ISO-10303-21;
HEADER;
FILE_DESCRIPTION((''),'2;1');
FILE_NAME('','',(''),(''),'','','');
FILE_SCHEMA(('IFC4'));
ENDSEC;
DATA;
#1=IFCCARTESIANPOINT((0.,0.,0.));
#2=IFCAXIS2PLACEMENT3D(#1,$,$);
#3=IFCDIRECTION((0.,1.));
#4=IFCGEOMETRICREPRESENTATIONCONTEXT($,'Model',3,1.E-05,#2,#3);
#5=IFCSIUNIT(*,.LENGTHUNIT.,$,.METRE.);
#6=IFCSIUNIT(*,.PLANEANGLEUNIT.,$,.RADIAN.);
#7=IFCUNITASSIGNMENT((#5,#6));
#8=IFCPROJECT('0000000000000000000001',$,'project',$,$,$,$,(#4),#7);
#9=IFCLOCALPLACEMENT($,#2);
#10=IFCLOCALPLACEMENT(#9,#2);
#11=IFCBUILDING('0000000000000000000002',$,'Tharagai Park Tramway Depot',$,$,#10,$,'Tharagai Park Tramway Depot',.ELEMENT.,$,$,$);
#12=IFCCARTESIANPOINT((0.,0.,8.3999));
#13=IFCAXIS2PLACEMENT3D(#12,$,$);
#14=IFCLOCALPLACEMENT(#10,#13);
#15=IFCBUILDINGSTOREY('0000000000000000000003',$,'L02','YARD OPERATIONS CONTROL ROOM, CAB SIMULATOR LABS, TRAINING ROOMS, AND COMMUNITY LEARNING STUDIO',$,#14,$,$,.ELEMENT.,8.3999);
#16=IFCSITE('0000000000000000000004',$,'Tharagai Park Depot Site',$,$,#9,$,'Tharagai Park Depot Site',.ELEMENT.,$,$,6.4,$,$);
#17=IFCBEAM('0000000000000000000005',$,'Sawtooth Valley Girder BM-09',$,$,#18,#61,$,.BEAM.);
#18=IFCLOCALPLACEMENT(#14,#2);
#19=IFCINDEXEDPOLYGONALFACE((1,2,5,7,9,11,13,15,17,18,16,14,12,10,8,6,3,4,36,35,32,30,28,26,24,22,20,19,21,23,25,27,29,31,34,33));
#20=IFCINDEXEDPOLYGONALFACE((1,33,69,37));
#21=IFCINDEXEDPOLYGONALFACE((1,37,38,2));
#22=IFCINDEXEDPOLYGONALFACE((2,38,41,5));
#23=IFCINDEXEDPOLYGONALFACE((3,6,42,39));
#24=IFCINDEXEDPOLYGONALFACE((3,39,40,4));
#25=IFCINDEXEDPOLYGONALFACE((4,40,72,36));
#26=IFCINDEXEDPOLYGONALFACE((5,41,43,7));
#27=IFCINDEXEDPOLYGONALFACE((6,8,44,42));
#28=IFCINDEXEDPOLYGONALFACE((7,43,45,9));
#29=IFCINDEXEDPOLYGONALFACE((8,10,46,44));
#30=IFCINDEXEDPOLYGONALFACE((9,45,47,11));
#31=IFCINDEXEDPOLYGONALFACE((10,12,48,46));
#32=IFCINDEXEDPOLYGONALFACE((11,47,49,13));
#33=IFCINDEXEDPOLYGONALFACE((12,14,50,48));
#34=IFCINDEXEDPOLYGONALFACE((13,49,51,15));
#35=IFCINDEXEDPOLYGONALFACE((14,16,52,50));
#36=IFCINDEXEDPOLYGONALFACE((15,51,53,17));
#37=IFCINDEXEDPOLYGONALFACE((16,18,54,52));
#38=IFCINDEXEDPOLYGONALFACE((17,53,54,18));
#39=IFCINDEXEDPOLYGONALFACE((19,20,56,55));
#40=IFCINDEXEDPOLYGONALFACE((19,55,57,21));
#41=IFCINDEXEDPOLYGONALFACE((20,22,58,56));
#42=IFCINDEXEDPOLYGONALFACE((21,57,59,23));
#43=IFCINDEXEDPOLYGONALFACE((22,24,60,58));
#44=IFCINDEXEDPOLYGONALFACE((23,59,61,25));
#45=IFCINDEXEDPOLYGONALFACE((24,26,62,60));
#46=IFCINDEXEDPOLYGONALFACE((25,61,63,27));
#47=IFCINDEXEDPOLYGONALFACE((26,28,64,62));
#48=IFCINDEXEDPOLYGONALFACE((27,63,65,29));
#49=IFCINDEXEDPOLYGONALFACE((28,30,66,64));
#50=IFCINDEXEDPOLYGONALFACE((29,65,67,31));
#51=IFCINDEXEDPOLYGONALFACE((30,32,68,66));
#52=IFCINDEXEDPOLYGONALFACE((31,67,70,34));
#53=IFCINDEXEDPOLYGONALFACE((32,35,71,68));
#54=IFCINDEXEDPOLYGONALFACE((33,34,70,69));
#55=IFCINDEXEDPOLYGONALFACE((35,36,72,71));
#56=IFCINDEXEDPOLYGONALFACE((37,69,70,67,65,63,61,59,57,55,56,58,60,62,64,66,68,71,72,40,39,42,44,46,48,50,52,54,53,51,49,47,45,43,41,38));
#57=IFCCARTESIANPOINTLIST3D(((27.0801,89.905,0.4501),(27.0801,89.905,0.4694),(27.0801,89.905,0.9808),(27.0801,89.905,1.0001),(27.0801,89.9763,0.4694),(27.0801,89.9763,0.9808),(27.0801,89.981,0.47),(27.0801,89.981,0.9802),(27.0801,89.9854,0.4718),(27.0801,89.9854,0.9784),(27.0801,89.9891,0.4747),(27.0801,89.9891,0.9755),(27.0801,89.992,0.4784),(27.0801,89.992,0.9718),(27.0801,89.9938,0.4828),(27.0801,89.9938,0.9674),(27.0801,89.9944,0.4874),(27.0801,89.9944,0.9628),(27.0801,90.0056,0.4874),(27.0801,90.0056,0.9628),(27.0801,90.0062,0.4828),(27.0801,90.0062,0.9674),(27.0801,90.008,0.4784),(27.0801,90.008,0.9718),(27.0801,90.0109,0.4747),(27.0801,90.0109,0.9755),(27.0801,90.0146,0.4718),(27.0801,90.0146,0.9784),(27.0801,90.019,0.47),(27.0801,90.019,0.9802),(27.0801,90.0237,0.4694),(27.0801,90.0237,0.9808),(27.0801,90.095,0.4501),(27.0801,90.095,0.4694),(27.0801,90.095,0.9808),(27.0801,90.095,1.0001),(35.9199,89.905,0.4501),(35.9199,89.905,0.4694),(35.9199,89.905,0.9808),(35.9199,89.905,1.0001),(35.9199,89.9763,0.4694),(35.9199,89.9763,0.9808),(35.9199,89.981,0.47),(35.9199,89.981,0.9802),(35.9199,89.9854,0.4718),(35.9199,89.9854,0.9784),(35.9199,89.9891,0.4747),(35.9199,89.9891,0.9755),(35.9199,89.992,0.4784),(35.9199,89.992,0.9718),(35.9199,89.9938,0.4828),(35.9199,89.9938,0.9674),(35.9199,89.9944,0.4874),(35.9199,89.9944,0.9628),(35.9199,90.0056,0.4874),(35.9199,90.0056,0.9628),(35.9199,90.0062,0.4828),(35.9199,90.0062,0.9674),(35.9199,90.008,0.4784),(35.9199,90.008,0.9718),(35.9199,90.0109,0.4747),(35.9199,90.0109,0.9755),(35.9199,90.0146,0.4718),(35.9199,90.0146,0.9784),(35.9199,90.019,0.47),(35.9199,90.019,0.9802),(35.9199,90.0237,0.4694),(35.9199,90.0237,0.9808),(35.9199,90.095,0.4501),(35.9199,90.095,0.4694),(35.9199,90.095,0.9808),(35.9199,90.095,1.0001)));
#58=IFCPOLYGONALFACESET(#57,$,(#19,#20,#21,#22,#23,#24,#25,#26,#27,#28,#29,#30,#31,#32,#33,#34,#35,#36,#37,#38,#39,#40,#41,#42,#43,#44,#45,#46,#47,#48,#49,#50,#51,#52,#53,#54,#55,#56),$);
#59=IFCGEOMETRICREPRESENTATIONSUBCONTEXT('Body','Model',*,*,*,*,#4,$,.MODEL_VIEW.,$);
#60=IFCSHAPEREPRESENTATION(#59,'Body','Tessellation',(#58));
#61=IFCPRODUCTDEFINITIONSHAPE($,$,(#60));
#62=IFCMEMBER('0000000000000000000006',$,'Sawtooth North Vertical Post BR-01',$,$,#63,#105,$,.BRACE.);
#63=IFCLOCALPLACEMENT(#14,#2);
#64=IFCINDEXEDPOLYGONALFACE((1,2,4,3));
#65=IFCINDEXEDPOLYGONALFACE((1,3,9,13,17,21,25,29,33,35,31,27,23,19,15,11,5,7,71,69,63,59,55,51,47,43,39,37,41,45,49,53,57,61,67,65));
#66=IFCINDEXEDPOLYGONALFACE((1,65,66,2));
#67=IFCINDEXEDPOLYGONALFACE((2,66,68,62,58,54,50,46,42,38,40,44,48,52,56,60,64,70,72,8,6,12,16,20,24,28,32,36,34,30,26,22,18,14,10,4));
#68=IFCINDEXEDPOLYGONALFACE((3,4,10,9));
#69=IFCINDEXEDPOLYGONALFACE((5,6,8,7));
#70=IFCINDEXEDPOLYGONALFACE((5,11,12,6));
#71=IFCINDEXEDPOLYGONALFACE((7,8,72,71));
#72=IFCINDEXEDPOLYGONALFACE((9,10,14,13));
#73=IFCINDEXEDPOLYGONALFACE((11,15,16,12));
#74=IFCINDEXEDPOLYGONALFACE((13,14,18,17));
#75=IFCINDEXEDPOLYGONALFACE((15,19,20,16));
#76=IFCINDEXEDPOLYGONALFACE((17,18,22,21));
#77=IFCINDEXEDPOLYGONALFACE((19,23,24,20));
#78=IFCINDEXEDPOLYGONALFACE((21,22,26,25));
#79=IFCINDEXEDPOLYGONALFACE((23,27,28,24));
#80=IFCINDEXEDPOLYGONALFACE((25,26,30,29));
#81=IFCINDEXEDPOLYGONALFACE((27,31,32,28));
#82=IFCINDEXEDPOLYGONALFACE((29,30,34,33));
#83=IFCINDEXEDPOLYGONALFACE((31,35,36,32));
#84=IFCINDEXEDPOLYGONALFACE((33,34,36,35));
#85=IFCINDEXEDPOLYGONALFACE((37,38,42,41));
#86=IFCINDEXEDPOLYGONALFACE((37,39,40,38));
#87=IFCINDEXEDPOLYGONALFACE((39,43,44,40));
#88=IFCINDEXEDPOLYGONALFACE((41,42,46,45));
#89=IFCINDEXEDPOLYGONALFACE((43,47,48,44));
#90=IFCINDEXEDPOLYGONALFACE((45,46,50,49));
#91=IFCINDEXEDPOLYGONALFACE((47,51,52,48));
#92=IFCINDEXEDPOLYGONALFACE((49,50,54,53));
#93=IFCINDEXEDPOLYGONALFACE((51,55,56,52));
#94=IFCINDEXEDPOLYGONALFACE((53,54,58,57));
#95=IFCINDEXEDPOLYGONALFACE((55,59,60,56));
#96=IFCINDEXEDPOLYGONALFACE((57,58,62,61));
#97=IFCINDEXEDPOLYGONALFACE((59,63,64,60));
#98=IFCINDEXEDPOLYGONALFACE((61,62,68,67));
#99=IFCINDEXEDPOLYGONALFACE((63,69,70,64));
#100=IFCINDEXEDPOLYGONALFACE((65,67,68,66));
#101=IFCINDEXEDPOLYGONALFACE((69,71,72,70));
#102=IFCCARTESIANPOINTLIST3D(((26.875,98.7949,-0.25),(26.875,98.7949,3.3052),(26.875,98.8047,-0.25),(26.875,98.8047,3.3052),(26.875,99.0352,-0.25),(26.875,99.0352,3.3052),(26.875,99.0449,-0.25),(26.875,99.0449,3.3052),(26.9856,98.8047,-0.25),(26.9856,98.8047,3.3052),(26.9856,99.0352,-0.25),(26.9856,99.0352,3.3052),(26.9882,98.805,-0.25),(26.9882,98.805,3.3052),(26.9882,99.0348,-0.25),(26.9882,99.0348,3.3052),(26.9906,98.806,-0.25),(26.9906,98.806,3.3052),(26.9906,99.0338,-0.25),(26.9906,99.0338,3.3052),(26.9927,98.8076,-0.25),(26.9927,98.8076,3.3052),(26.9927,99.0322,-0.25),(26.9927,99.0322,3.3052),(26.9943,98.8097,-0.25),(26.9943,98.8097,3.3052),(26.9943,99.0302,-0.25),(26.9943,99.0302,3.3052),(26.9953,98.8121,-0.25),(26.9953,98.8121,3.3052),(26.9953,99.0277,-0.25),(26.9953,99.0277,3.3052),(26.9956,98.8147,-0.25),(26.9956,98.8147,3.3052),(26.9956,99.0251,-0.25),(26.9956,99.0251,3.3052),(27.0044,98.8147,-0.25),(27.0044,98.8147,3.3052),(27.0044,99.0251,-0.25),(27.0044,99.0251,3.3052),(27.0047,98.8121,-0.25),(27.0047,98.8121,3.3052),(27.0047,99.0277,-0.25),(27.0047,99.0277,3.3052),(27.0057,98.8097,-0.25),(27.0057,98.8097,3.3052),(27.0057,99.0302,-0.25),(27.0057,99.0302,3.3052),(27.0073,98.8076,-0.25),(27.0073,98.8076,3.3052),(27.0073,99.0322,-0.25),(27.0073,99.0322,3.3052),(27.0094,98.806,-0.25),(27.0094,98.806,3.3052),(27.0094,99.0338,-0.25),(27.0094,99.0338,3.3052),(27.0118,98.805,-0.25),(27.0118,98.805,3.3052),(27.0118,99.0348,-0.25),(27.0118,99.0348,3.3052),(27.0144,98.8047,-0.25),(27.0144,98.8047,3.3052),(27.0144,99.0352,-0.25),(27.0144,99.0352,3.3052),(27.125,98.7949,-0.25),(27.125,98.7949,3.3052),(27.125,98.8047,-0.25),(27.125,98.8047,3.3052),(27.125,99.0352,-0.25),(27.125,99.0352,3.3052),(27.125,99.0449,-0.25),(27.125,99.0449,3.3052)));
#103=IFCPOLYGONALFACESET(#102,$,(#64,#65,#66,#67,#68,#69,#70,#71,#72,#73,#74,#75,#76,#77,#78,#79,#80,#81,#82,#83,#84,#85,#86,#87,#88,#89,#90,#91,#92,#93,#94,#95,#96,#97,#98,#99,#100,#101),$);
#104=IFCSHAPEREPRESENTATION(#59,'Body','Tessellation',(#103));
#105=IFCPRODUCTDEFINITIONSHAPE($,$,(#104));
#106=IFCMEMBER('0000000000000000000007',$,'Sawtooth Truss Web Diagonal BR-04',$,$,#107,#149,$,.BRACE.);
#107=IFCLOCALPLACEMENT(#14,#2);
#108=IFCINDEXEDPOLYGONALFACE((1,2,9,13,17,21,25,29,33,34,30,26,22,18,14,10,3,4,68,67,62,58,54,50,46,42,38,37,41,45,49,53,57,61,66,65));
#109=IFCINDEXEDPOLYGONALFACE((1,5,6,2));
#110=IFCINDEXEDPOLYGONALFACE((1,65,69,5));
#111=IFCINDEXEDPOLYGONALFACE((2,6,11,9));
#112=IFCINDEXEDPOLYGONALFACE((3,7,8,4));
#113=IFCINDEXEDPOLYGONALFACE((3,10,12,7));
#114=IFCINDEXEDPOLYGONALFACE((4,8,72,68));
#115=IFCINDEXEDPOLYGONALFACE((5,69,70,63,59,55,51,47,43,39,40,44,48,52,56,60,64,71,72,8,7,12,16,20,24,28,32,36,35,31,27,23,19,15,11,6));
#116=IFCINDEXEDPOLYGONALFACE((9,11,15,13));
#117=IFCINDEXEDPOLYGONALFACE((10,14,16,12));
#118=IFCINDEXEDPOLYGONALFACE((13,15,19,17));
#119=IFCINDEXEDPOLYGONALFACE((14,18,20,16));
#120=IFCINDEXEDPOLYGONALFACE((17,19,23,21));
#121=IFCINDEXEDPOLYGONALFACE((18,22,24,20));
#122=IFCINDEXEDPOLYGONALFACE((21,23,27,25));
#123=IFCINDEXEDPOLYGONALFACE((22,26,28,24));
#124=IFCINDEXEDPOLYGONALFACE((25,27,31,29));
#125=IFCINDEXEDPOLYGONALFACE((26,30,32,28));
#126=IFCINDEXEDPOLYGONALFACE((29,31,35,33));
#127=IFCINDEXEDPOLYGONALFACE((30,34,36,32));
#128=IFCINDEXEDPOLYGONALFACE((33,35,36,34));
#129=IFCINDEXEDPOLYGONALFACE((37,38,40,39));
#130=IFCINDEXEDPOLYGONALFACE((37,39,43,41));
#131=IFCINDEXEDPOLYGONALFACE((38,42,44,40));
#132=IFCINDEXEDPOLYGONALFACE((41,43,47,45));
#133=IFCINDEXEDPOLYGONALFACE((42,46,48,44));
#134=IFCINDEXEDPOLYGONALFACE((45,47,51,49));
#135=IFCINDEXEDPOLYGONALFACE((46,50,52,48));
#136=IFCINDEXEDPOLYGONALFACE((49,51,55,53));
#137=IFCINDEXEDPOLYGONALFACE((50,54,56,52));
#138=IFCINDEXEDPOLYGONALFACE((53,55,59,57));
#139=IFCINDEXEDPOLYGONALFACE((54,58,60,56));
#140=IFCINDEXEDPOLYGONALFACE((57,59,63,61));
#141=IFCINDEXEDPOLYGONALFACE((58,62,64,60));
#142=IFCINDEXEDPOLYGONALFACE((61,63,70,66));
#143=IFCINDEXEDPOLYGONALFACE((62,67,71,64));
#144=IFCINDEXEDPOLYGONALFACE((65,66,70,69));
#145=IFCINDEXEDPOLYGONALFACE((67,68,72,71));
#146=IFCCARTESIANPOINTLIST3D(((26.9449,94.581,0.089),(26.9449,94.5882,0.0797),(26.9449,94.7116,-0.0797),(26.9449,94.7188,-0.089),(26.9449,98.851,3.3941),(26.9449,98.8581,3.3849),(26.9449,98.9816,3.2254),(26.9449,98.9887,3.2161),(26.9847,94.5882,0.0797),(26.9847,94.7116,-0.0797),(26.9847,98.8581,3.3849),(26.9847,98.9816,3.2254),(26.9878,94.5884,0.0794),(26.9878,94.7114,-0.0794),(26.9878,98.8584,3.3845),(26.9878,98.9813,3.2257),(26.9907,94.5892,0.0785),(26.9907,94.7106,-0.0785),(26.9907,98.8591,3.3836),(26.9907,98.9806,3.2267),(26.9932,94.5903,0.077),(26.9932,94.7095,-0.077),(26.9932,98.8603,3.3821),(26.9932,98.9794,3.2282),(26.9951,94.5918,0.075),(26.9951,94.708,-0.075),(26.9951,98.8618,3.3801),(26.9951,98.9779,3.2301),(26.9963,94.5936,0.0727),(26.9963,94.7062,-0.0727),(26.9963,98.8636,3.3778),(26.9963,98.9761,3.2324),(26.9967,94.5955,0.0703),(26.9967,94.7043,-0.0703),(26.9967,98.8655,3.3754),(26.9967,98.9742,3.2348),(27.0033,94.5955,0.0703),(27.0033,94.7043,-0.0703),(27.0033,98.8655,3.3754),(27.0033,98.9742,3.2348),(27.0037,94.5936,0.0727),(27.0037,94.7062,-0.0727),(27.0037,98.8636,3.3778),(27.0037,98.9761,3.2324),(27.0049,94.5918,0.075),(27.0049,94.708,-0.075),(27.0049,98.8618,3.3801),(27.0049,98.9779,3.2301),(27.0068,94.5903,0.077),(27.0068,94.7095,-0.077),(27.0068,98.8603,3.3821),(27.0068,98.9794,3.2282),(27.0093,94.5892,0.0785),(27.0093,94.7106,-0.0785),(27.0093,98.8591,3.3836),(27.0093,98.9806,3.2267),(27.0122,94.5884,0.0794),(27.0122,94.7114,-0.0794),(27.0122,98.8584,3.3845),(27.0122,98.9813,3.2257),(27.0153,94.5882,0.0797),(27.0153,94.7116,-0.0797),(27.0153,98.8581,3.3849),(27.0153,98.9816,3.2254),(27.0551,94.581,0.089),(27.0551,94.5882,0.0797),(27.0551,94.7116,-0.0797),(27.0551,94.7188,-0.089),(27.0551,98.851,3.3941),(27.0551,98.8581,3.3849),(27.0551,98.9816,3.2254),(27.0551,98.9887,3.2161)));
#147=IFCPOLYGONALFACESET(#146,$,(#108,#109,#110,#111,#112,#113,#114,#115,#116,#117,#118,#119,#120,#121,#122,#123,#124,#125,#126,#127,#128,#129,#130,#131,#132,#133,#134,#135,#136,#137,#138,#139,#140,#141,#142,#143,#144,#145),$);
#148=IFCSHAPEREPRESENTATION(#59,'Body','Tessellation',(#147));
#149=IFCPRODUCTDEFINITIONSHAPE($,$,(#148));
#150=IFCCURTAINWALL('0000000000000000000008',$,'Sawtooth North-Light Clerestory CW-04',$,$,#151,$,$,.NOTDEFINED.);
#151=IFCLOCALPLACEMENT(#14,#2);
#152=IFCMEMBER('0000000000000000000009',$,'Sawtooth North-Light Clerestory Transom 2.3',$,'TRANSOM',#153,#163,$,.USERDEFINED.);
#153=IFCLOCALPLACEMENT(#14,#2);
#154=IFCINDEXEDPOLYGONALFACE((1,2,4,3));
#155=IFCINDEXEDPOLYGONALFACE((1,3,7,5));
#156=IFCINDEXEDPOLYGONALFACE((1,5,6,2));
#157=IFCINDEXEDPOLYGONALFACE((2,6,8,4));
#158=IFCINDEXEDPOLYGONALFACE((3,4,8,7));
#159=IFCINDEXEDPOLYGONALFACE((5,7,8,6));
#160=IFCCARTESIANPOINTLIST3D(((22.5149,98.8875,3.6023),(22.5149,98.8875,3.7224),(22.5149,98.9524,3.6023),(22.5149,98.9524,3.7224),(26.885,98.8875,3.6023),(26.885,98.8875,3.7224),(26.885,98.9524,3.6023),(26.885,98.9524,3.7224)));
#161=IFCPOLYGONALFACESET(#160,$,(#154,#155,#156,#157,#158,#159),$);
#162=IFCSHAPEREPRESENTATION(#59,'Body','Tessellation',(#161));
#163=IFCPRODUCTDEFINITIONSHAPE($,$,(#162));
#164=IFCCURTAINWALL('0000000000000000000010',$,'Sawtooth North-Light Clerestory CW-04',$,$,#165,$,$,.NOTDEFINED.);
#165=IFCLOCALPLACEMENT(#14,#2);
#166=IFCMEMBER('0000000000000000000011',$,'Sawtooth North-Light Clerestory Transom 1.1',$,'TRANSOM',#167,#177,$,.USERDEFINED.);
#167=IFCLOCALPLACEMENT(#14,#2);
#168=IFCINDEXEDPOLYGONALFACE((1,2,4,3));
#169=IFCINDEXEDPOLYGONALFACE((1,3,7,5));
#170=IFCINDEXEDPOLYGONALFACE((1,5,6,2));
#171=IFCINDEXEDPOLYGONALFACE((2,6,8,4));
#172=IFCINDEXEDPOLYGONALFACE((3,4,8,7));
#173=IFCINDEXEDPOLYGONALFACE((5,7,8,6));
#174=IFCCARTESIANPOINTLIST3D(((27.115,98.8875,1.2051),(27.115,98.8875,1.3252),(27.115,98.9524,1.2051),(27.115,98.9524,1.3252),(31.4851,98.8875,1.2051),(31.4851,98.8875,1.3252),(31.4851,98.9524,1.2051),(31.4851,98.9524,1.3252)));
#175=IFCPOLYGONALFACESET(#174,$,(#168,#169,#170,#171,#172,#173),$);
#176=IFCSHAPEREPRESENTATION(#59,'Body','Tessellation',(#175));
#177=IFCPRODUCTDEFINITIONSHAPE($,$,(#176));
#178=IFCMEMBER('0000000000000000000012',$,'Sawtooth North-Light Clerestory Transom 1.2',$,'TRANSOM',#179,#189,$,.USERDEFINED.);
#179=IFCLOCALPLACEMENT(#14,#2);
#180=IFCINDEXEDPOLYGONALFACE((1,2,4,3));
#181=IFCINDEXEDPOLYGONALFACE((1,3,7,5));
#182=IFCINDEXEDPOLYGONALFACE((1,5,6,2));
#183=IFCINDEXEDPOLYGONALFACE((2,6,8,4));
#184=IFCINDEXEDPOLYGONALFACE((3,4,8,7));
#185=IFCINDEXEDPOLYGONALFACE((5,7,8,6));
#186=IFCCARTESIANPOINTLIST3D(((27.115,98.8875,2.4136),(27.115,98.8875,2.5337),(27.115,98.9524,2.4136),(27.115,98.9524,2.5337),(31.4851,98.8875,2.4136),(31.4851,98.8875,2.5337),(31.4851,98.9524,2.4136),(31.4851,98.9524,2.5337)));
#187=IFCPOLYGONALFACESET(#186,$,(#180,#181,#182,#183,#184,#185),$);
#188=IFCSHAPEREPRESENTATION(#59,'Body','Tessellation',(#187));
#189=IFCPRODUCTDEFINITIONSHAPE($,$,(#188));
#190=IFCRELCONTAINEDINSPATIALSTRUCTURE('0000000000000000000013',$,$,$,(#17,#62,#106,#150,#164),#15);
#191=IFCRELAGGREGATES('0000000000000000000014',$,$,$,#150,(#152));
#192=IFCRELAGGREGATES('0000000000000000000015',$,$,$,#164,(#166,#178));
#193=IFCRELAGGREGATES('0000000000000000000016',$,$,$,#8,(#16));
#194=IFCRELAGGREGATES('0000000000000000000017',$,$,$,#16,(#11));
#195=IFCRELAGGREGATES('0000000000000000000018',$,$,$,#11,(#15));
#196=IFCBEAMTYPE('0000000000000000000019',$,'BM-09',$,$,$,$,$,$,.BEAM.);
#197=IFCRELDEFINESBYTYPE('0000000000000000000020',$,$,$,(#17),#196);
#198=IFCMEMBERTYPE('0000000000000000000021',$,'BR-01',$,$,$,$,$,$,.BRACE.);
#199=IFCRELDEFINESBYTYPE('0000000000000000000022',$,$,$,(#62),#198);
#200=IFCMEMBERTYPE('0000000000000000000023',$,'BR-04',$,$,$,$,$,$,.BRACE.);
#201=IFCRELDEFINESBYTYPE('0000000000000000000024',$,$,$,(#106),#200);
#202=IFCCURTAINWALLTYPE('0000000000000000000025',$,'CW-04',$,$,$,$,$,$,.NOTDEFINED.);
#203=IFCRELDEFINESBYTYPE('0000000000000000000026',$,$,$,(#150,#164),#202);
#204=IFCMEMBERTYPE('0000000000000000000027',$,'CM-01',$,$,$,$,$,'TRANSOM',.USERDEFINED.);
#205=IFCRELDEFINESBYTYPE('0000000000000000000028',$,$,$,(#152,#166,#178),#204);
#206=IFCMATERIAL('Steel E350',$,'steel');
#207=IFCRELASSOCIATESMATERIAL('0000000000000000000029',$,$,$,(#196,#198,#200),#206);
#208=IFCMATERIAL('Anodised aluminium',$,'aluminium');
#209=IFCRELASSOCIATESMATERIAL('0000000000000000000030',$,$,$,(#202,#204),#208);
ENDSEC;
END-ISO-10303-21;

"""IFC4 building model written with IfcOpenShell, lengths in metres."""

from ifc_helpers import new_model, si_unit, direction, frame, origin, origin_2d, place, context, subcontext, project, spatial, rectangle, i_section, extrude, material, material_profile, profile_set, type_object, element, aggregate, save


model = new_model("IFC4")

# Units and contexts
model_context = context("Model", 3, precision=1e-05, world=origin(), true_north=direction((0.0, 1.0)))
body_context = subcontext(model_context, "Body", "Model", "MODEL_VIEW")
ifc_project = project(units=[si_unit("LENGTHUNIT", "METRE"), si_unit("PLANEANGLEUNIT", "RADIAN")], contexts=[model_context])

# Site, building, storey
site_placement = place(None, origin())
site = spatial("IfcSite", under=ifc_project, at=site_placement, Name="Tharagai Park Depot Site", LongName="Tharagai Park Depot Site", CompositionType="ELEMENT", RefElevation=6.4)
building_placement = place(site_placement, origin())
building = spatial("IfcBuilding", under=site, at=building_placement, Name="Tharagai Park Tramway Depot", LongName="Tharagai Park Tramway Depot", CompositionType="ELEMENT")
storey_placement = place(building_placement, frame((0.0, 0.0, 8.3999)))
storey = spatial("IfcBuildingStorey", under=building, at=storey_placement, Name="L02", Description="YARD OPERATIONS CONTROL ROOM, CAB SIMULATOR LABS, TRAINING ROOMS, AND COMMUNITY LEARNING STUDIO", CompositionType="ELEMENT", Elevation=8.3999)

# Shared definitions
ifc_material_1 = material(Name="Steel E350", Category="steel")

# Beam
ifc_material_profile_1 = material_profile(ifc_material_1, i_section(OverallWidth=0.1899, OverallDepth=0.55, WebThickness=0.0112, FlangeThickness=0.0193, FilletRadius=0.0181, at=origin_2d()), Name="ISMB 550")
ifc_profile_set_1 = profile_set([ifc_material_profile_1], Name="Steel E350")
beam_type_1 = type_object("IfcBeamType", Name="BM-09", PredefinedType="BEAM", material=ifc_profile_set_1)
beam_1_placement = place(storey_placement, frame((27.0801, 90.0, 0.7251), z_axis=(1.0, 0.0, 0.0), x_axis=(0.0, 1.0, 0.0)))
element("IfcBeam", 1, at=beam_1_placement, inside=storey, type_object=beam_type_1, Name="Sawtooth Valley Girder BM-09", PredefinedType="BEAM", context=body_context, shape_type="SweptSolid", body=[
    extrude(i_section(OverallWidth=0.1899, OverallDepth=0.55, WebThickness=0.0112, FlangeThickness=0.0193, FilletRadius=0.0181, at=origin_2d()), origin(), (0.0, 0.0, 1.0), 8.8398),
])

# Members
ifc_material_profile_2 = material_profile(ifc_material_1, i_section(OverallWidth=0.25, OverallDepth=0.25, WebThickness=0.0088, FlangeThickness=0.0098, FilletRadius=0.01, at=origin_2d()), Name="ISHB 250")
ifc_profile_set_2 = profile_set([ifc_material_profile_2], Name="Steel E350")
member_type_1 = type_object("IfcMemberType", Name="BR-01", PredefinedType="BRACE", material=ifc_profile_set_2)
member_1_placement = place(storey_placement, frame((27.0, 98.9199, -0.25), z_axis=(0.0, 0.0, 1.0), x_axis=(1.0, 0.0, 0.0)))
element("IfcMember", 2, at=member_1_placement, inside=storey, type_object=member_type_1, Name="Sawtooth North Vertical Post BR-01", PredefinedType="BRACE", context=body_context, shape_type="SweptSolid", body=[
    extrude(i_section(OverallWidth=0.25, OverallDepth=0.25, WebThickness=0.0088, FlangeThickness=0.0098, FilletRadius=0.01, at=origin_2d()), origin(), (0.0, 0.0, 1.0), 3.5552),
])
ifc_material_profile_3 = material_profile(ifc_material_1, i_section(OverallWidth=0.1101, OverallDepth=0.2251, WebThickness=0.0066, FlangeThickness=0.0117, FilletRadius=0.012, at=origin_2d()), Name="ISMB 225")
ifc_profile_set_3 = profile_set([ifc_material_profile_3], Name="Steel E350")
member_type_2 = type_object("IfcMemberType", Name="BR-04", PredefinedType="BRACE", material=ifc_profile_set_3)
member_2_placement = place(storey_placement, frame((27.0, 94.6499, 0.0), z_axis=(0.0, 0.790782, 0.612098), x_axis=(-1.0, 0.0, 0.0)))
element("IfcMember", 3, at=member_2_placement, inside=storey, type_object=member_type_2, Name="Sawtooth Truss Web Diagonal BR-04", PredefinedType="BRACE", context=body_context, shape_type="SweptSolid", body=[
    extrude(i_section(OverallWidth=0.1101, OverallDepth=0.2251, WebThickness=0.0066, FlangeThickness=0.0117, FilletRadius=0.012, at=origin_2d()), origin(), (0.0, 0.0, 1.0), 5.3997),
])

# Curtain wall, member
ifc_material_2 = material(Name="Anodised aluminium", Category="aluminium")
curtain_wall_type = type_object("IfcCurtainWallType", Name="CW-04", PredefinedType="NOTDEFINED", material=ifc_material_2)
curtain_wall_1_placement = place(storey_placement, origin())
curtain_wall_1 = element("IfcCurtainWall", 4, at=curtain_wall_1_placement, inside=storey, type_object=curtain_wall_type, Name="Sawtooth North-Light Clerestory CW-04", PredefinedType="NOTDEFINED")
ifc_material_profile_4 = material_profile(ifc_material_2, rectangle(XDim=0.0649, YDim=0.1201, at=origin_2d()), Name="ALU 65x120")
ifc_profile_set_4 = profile_set([ifc_material_profile_4], Name="Anodised aluminium")
member_type_3 = type_object("IfcMemberType", Name="CM-01", ElementType="TRANSOM", PredefinedType="USERDEFINED", material=ifc_profile_set_4)
member_3_placement = place(storey_placement, frame((22.5149, 98.9199, 3.6624), z_axis=(1.0, 0.0, 0.0), x_axis=(0.0, 1.0, 0.0)))
member_3 = element("IfcMember", 5, at=member_3_placement, type_object=member_type_3, Name="Sawtooth North-Light Clerestory Transom 2.3", ObjectType="TRANSOM", PredefinedType="USERDEFINED", context=body_context, shape_type="SweptSolid", body=[
    extrude(rectangle(XDim=0.0649, YDim=0.1201, at=origin_2d()), origin(), (0.0, 0.0, 1.0), 4.3701),
])

# Curtain wall, members
curtain_wall_2_placement = place(storey_placement, origin())
curtain_wall_2 = element("IfcCurtainWall", 6, at=curtain_wall_2_placement, inside=storey, type_object=curtain_wall_type, Name="Sawtooth North-Light Clerestory CW-04", PredefinedType="NOTDEFINED")
member_4_placement = place(storey_placement, frame((27.115, 98.9199, 1.2651), z_axis=(1.0, 0.0, 0.0), x_axis=(0.0, 1.0, 0.0)))
member_4 = element("IfcMember", 7, at=member_4_placement, type_object=member_type_3, Name="Sawtooth North-Light Clerestory Transom 1.1", ObjectType="TRANSOM", PredefinedType="USERDEFINED", context=body_context, shape_type="SweptSolid", body=[
    extrude(rectangle(XDim=0.0649, YDim=0.1201, at=origin_2d()), origin(), (0.0, 0.0, 1.0), 4.3701),
])
member_5_placement = place(storey_placement, frame((27.115, 98.9199, 2.4736), z_axis=(1.0, 0.0, 0.0), x_axis=(0.0, 1.0, 0.0)))
member_5 = element("IfcMember", 8, at=member_5_placement, type_object=member_type_3, Name="Sawtooth North-Light Clerestory Transom 1.2", ObjectType="TRANSOM", PredefinedType="USERDEFINED", context=body_context, shape_type="SweptSolid", body=[
    extrude(rectangle(XDim=0.0649, YDim=0.1201, at=origin_2d()), origin(), (0.0, 0.0, 1.0), 4.3701),
])

aggregate(curtain_wall_1, [member_3])
aggregate(curtain_wall_2, [member_4, member_5])

save(model, "model.ifc")
